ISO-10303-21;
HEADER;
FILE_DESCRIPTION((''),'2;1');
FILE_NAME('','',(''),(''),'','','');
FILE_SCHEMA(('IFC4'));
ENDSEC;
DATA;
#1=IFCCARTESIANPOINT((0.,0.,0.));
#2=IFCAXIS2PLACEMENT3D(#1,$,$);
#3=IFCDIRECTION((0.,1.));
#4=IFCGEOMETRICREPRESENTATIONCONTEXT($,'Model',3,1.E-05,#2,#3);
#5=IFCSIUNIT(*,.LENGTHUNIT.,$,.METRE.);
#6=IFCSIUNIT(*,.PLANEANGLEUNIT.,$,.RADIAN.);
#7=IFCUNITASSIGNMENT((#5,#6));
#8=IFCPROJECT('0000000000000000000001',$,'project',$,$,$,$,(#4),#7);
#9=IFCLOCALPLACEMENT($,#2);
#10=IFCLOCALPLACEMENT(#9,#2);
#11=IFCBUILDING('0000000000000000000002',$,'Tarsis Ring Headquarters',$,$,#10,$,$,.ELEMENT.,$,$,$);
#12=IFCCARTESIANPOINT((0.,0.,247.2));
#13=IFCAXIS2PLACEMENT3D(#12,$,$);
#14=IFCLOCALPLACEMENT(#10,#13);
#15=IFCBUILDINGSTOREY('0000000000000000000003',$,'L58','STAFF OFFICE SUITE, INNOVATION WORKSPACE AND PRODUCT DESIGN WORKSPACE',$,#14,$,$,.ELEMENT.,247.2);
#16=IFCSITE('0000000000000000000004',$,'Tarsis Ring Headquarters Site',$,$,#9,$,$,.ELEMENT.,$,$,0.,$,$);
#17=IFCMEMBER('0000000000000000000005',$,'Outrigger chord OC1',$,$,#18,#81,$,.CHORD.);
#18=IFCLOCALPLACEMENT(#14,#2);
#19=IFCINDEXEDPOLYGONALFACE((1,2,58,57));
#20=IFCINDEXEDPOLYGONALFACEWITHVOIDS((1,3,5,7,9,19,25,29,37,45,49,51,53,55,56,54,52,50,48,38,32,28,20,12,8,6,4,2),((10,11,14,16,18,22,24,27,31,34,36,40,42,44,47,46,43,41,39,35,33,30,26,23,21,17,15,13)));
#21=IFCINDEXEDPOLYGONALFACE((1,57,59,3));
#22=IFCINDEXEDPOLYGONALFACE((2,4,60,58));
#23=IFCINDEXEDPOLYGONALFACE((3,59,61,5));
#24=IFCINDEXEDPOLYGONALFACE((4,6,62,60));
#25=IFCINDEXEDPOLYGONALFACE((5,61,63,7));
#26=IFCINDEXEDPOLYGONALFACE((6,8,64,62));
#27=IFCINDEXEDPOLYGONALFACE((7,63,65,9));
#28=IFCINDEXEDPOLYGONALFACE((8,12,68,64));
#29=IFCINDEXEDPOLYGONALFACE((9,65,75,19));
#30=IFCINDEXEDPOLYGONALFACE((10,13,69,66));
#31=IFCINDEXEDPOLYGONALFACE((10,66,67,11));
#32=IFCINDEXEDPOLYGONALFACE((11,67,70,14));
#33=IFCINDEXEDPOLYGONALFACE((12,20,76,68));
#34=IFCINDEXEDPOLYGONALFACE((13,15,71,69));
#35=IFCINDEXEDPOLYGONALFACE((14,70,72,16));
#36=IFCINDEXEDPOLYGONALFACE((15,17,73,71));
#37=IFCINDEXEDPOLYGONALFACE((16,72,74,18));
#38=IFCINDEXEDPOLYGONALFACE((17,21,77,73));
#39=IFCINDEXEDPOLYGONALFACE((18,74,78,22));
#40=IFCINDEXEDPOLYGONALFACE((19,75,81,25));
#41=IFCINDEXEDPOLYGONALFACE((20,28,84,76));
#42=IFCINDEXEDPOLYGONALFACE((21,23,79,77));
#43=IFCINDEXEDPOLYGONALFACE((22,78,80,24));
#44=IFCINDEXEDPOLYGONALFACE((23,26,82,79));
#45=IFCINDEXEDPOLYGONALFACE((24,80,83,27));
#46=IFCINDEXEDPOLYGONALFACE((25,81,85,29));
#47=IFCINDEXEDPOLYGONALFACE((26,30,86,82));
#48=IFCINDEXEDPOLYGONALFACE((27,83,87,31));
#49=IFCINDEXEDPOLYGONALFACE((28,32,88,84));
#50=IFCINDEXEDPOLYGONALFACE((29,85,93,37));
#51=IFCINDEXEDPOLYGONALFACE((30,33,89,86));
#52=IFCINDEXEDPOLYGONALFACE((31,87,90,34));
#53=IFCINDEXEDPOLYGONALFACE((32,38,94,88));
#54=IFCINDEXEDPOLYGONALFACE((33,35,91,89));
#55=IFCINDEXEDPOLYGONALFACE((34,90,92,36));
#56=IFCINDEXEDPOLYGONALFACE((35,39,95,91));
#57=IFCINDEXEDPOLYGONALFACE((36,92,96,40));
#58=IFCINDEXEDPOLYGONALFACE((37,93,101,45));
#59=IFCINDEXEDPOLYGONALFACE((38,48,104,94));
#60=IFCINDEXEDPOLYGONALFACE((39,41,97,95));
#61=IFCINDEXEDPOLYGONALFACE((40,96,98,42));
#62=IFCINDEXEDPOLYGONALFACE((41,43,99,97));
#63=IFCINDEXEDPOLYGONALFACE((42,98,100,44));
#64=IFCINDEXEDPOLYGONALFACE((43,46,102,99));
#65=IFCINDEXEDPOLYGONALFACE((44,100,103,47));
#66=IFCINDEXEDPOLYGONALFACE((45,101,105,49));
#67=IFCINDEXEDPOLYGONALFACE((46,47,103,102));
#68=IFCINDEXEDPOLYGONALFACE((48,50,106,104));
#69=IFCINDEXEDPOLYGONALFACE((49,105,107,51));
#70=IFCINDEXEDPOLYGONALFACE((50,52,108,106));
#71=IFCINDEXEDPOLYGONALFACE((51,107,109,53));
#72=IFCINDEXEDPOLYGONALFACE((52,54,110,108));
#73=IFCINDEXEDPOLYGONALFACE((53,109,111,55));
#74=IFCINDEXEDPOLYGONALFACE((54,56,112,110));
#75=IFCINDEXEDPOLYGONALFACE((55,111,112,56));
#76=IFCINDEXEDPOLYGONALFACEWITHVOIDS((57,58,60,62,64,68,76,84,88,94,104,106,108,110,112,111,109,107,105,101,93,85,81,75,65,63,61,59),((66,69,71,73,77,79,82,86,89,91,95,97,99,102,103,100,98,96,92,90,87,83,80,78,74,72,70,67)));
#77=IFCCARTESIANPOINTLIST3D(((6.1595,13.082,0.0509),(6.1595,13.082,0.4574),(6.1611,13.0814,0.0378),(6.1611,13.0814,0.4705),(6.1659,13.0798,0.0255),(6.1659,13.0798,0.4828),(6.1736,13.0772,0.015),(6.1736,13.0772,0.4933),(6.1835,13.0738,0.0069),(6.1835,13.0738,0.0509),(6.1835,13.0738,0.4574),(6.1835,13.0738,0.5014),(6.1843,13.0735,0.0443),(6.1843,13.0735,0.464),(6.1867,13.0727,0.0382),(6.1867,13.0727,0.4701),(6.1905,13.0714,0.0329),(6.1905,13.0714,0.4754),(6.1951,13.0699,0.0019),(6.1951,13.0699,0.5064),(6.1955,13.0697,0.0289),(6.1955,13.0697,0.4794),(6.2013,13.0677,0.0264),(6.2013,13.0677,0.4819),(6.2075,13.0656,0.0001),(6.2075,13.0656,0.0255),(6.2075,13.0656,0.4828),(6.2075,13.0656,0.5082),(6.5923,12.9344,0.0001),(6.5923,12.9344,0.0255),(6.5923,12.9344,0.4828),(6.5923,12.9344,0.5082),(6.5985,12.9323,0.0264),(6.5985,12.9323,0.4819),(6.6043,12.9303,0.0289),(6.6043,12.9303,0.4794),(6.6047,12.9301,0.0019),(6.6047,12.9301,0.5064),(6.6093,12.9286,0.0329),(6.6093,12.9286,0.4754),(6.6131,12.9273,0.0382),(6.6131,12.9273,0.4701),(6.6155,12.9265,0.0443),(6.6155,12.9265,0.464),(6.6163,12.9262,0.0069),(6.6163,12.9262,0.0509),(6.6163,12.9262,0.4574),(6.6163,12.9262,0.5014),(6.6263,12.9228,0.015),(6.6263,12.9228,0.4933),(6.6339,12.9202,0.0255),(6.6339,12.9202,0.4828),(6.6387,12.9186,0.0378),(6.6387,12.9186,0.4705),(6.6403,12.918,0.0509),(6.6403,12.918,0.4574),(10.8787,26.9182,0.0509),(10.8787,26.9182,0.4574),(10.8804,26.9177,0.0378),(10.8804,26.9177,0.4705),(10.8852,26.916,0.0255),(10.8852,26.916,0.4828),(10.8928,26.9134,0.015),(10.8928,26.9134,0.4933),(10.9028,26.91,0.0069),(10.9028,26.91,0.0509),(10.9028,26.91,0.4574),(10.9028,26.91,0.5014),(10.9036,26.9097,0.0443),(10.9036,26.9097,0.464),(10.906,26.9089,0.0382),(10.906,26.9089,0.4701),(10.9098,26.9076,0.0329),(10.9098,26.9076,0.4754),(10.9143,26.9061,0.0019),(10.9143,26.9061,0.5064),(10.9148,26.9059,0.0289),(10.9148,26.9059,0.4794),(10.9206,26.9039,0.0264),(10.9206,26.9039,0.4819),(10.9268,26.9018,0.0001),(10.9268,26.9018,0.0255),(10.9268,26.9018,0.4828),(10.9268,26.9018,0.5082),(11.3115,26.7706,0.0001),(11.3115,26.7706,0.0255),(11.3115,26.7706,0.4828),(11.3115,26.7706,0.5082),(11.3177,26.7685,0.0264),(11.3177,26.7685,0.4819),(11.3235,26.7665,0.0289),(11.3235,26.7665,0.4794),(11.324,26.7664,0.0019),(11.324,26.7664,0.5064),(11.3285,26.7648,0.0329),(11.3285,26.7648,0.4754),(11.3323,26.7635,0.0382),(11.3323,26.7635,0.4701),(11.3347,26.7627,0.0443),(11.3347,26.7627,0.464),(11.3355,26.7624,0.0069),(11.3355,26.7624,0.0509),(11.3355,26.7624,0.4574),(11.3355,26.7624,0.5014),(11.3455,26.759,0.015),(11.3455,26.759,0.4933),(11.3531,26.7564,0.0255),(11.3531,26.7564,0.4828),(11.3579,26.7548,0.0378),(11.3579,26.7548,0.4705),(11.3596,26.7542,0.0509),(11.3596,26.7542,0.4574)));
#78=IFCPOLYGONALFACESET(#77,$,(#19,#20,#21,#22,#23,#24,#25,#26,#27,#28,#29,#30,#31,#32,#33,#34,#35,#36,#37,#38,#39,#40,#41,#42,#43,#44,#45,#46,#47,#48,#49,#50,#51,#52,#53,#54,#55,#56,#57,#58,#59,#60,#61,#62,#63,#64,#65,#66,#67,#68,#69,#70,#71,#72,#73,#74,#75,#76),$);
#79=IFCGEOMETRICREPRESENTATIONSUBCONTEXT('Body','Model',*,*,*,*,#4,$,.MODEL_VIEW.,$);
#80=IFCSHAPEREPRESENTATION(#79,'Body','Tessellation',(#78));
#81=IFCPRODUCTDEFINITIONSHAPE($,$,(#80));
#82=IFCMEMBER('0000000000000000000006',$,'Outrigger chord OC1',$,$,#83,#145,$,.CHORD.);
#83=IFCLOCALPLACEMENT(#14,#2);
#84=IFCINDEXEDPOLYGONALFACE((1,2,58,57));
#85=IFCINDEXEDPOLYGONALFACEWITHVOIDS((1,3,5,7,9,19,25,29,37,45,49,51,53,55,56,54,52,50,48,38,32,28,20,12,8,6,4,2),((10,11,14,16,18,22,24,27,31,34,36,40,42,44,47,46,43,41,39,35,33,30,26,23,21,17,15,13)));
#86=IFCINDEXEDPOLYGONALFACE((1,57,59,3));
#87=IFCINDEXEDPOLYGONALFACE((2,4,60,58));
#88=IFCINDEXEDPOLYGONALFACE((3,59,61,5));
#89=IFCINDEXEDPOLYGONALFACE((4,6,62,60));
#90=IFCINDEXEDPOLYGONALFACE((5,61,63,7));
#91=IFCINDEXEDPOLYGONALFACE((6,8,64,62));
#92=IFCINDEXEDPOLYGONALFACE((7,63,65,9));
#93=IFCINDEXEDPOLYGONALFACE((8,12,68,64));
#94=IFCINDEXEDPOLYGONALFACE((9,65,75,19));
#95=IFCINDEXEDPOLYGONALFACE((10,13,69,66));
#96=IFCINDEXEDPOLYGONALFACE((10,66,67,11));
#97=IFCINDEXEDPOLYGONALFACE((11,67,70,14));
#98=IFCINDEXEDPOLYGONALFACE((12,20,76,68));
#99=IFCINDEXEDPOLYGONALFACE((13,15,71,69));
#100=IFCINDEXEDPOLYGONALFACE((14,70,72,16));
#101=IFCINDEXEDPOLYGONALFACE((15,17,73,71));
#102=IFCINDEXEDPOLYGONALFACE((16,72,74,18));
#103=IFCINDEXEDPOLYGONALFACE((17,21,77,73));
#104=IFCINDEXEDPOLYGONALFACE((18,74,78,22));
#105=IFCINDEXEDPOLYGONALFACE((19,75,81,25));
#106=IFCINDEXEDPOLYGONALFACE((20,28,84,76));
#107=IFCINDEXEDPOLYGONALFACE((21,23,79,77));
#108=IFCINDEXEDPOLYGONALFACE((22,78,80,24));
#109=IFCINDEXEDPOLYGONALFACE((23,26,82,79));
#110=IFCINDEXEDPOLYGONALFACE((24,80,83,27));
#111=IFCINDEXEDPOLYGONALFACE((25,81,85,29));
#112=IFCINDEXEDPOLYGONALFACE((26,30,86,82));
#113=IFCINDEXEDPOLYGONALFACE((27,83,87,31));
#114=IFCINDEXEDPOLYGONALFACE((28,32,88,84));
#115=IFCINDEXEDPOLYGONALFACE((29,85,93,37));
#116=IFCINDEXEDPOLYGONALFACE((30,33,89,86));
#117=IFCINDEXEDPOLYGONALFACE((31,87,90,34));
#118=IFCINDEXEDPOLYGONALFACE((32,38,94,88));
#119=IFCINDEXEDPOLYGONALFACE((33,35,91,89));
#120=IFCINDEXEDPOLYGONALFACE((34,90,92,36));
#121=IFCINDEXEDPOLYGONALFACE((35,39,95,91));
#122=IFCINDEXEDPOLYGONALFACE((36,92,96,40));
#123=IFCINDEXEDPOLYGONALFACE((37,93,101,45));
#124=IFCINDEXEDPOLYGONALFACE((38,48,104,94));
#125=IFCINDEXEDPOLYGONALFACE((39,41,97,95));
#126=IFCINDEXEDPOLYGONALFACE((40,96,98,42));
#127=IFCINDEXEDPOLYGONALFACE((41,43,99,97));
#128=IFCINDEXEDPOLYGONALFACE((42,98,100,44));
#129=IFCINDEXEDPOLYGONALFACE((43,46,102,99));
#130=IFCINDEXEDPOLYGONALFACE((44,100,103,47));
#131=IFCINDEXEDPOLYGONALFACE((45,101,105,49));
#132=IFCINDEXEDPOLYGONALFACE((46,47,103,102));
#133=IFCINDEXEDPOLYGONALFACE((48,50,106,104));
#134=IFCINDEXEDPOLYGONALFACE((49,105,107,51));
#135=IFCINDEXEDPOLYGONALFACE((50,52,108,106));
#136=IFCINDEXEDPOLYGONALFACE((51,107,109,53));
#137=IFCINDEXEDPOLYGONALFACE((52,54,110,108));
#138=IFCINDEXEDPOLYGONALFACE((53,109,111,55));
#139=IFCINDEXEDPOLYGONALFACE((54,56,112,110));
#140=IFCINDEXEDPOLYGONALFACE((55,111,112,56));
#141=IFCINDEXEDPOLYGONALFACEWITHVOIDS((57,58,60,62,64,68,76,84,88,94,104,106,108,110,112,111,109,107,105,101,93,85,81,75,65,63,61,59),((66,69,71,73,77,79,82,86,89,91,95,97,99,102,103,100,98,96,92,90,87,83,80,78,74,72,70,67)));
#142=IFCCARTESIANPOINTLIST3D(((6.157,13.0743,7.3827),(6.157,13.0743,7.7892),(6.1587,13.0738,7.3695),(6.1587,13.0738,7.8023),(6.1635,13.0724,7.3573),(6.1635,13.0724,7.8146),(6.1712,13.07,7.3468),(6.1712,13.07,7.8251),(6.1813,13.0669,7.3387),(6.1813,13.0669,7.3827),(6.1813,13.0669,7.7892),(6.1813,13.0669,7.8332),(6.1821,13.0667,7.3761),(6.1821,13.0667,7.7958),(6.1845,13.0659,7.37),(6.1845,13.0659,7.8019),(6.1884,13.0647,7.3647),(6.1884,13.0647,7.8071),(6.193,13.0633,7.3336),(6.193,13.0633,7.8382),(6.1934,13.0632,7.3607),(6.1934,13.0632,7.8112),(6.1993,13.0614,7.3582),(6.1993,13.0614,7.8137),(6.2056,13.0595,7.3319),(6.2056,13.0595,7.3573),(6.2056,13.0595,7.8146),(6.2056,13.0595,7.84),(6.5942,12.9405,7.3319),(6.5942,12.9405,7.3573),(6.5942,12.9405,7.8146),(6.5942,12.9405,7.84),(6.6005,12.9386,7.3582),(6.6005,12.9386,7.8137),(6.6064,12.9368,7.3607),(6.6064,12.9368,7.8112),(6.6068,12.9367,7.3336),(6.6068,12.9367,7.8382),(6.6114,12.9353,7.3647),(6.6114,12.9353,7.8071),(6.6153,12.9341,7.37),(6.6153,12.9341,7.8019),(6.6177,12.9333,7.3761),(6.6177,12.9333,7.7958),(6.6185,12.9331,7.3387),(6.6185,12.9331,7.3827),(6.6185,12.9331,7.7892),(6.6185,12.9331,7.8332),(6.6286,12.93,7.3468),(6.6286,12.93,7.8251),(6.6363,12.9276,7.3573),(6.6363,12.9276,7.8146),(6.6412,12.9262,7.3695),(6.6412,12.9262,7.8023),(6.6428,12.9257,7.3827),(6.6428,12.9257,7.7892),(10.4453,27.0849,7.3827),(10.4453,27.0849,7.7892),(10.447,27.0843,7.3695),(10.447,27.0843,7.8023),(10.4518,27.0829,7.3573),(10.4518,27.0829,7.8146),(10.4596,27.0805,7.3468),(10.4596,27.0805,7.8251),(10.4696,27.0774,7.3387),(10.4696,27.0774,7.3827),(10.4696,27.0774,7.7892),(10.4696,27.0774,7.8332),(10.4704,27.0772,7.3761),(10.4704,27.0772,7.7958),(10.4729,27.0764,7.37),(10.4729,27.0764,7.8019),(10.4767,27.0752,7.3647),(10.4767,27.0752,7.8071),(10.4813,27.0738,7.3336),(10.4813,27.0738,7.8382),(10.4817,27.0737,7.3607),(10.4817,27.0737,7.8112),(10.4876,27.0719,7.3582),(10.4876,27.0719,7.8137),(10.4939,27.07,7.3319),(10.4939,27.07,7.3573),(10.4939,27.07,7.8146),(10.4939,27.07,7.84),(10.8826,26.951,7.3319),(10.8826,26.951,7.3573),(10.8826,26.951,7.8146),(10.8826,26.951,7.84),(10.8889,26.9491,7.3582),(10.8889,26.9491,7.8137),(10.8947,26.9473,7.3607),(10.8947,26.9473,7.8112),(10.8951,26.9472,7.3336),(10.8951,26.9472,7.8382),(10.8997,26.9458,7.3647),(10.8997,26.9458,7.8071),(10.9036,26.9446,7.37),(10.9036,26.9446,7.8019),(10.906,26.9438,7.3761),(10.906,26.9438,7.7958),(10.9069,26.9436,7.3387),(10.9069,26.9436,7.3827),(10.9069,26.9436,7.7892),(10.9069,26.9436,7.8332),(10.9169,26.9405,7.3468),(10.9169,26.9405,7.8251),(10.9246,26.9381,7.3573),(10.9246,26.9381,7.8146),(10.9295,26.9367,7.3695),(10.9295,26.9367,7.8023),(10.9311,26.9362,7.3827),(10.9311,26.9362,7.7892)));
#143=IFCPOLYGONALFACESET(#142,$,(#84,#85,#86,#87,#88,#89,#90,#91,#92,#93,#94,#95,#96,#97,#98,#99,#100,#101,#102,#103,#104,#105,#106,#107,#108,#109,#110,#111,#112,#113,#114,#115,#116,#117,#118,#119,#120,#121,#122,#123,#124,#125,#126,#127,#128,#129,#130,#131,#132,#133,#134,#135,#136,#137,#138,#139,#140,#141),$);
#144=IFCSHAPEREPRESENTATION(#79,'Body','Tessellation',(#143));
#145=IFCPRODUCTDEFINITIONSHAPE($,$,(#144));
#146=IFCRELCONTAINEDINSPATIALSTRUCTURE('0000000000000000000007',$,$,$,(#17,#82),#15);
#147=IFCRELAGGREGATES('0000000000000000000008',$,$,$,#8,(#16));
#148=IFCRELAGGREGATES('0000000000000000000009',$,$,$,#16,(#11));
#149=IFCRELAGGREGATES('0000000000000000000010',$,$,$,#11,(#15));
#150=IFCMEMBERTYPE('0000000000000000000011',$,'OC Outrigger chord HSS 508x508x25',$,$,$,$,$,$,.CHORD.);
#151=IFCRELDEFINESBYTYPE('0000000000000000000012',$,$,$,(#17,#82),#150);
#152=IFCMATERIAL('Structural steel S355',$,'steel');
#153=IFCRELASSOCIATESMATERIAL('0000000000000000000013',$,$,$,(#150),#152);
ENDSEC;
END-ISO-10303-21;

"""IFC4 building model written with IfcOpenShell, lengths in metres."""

from ifc_helpers import new_model, si_unit, direction, frame, origin, origin_2d, place, context, subcontext, project, spatial, hollow_rectangle, extrude, material, material_profile, profile_set, type_object, element, save


model = new_model("IFC4")

# Units and contexts
model_context = context("Model", 3, precision=1e-05, world=origin(), true_north=direction((0.0, 1.0)))
body_context = subcontext(model_context, "Body", "Model", "MODEL_VIEW")
ifc_project = project(units=[si_unit("LENGTHUNIT", "METRE"), si_unit("PLANEANGLEUNIT", "RADIAN")], contexts=[model_context])

# Site, building, storey
site_placement = place(None, origin())
site = spatial("IfcSite", under=ifc_project, at=site_placement, Name="Tarsis Ring Headquarters Site", CompositionType="ELEMENT", RefElevation=0.0)
building_placement = place(site_placement, origin())
building = spatial("IfcBuilding", under=site, at=building_placement, Name="Tarsis Ring Headquarters", CompositionType="ELEMENT")
storey_placement = place(building_placement, frame((0.0, 0.0, 247.2)))
storey = spatial("IfcBuildingStorey", under=building, at=storey_placement, Name="L58", Description="STAFF OFFICE SUITE, INNOVATION WORKSPACE AND PRODUCT DESIGN WORKSPACE", CompositionType="ELEMENT", Elevation=247.2)

# Members
ifc_material_1 = material(Name="Structural steel S355", Category="steel")
ifc_material_profile_1 = material_profile(ifc_material_1, hollow_rectangle(XDim=0.5081, YDim=0.5081, WallThickness=0.0254, InnerFilletRadius=0.0254, OuterFilletRadius=0.0508, at=origin_2d()), Name="HSS 508x508x25")
ifc_profile_set_1 = profile_set([ifc_material_profile_1], Name="Structural steel S355")
member_type_1 = type_object("IfcMemberType", Name="OC Outrigger chord HSS 508x508x25", PredefinedType="CHORD", material=ifc_profile_set_1)
member_1_placement = place(storey_placement, frame((6.3999, 13.0, 0.2542), z_axis=(0.322818, 0.946461, 0.0), x_axis=(-0.946461, 0.322818, 0.0)))
element("IfcMember", 1, at=member_1_placement, inside=storey, type_object=member_type_1, Name="Outrigger chord OC1", PredefinedType="CHORD", context=body_context, shape_type="SweptSolid", body=[
    extrude(hollow_rectangle(XDim=0.5081, YDim=0.5081, WallThickness=0.0254, InnerFilletRadius=0.0254, OuterFilletRadius=0.0508, at=origin_2d()), origin(), (0.0, 0.0, 1.0), 14.6189),
])
member_2_placement = place(storey_placement, frame((6.3999, 13.0, 7.5859), z_axis=(0.292677, 0.956211, 0.0), x_axis=(-0.956211, 0.292677, 0.0)))
element("IfcMember", 2, at=member_2_placement, inside=storey, type_object=member_type_1, Name="Outrigger chord OC1", PredefinedType="CHORD", context=body_context, shape_type="SweptSolid", body=[
    extrude(hollow_rectangle(XDim=0.5081, YDim=0.5081, WallThickness=0.0254, InnerFilletRadius=0.0254, OuterFilletRadius=0.0508, at=origin_2d()), origin(), (0.0, 0.0, 1.0), 14.6521),
])

save(model, "model.ifc")
